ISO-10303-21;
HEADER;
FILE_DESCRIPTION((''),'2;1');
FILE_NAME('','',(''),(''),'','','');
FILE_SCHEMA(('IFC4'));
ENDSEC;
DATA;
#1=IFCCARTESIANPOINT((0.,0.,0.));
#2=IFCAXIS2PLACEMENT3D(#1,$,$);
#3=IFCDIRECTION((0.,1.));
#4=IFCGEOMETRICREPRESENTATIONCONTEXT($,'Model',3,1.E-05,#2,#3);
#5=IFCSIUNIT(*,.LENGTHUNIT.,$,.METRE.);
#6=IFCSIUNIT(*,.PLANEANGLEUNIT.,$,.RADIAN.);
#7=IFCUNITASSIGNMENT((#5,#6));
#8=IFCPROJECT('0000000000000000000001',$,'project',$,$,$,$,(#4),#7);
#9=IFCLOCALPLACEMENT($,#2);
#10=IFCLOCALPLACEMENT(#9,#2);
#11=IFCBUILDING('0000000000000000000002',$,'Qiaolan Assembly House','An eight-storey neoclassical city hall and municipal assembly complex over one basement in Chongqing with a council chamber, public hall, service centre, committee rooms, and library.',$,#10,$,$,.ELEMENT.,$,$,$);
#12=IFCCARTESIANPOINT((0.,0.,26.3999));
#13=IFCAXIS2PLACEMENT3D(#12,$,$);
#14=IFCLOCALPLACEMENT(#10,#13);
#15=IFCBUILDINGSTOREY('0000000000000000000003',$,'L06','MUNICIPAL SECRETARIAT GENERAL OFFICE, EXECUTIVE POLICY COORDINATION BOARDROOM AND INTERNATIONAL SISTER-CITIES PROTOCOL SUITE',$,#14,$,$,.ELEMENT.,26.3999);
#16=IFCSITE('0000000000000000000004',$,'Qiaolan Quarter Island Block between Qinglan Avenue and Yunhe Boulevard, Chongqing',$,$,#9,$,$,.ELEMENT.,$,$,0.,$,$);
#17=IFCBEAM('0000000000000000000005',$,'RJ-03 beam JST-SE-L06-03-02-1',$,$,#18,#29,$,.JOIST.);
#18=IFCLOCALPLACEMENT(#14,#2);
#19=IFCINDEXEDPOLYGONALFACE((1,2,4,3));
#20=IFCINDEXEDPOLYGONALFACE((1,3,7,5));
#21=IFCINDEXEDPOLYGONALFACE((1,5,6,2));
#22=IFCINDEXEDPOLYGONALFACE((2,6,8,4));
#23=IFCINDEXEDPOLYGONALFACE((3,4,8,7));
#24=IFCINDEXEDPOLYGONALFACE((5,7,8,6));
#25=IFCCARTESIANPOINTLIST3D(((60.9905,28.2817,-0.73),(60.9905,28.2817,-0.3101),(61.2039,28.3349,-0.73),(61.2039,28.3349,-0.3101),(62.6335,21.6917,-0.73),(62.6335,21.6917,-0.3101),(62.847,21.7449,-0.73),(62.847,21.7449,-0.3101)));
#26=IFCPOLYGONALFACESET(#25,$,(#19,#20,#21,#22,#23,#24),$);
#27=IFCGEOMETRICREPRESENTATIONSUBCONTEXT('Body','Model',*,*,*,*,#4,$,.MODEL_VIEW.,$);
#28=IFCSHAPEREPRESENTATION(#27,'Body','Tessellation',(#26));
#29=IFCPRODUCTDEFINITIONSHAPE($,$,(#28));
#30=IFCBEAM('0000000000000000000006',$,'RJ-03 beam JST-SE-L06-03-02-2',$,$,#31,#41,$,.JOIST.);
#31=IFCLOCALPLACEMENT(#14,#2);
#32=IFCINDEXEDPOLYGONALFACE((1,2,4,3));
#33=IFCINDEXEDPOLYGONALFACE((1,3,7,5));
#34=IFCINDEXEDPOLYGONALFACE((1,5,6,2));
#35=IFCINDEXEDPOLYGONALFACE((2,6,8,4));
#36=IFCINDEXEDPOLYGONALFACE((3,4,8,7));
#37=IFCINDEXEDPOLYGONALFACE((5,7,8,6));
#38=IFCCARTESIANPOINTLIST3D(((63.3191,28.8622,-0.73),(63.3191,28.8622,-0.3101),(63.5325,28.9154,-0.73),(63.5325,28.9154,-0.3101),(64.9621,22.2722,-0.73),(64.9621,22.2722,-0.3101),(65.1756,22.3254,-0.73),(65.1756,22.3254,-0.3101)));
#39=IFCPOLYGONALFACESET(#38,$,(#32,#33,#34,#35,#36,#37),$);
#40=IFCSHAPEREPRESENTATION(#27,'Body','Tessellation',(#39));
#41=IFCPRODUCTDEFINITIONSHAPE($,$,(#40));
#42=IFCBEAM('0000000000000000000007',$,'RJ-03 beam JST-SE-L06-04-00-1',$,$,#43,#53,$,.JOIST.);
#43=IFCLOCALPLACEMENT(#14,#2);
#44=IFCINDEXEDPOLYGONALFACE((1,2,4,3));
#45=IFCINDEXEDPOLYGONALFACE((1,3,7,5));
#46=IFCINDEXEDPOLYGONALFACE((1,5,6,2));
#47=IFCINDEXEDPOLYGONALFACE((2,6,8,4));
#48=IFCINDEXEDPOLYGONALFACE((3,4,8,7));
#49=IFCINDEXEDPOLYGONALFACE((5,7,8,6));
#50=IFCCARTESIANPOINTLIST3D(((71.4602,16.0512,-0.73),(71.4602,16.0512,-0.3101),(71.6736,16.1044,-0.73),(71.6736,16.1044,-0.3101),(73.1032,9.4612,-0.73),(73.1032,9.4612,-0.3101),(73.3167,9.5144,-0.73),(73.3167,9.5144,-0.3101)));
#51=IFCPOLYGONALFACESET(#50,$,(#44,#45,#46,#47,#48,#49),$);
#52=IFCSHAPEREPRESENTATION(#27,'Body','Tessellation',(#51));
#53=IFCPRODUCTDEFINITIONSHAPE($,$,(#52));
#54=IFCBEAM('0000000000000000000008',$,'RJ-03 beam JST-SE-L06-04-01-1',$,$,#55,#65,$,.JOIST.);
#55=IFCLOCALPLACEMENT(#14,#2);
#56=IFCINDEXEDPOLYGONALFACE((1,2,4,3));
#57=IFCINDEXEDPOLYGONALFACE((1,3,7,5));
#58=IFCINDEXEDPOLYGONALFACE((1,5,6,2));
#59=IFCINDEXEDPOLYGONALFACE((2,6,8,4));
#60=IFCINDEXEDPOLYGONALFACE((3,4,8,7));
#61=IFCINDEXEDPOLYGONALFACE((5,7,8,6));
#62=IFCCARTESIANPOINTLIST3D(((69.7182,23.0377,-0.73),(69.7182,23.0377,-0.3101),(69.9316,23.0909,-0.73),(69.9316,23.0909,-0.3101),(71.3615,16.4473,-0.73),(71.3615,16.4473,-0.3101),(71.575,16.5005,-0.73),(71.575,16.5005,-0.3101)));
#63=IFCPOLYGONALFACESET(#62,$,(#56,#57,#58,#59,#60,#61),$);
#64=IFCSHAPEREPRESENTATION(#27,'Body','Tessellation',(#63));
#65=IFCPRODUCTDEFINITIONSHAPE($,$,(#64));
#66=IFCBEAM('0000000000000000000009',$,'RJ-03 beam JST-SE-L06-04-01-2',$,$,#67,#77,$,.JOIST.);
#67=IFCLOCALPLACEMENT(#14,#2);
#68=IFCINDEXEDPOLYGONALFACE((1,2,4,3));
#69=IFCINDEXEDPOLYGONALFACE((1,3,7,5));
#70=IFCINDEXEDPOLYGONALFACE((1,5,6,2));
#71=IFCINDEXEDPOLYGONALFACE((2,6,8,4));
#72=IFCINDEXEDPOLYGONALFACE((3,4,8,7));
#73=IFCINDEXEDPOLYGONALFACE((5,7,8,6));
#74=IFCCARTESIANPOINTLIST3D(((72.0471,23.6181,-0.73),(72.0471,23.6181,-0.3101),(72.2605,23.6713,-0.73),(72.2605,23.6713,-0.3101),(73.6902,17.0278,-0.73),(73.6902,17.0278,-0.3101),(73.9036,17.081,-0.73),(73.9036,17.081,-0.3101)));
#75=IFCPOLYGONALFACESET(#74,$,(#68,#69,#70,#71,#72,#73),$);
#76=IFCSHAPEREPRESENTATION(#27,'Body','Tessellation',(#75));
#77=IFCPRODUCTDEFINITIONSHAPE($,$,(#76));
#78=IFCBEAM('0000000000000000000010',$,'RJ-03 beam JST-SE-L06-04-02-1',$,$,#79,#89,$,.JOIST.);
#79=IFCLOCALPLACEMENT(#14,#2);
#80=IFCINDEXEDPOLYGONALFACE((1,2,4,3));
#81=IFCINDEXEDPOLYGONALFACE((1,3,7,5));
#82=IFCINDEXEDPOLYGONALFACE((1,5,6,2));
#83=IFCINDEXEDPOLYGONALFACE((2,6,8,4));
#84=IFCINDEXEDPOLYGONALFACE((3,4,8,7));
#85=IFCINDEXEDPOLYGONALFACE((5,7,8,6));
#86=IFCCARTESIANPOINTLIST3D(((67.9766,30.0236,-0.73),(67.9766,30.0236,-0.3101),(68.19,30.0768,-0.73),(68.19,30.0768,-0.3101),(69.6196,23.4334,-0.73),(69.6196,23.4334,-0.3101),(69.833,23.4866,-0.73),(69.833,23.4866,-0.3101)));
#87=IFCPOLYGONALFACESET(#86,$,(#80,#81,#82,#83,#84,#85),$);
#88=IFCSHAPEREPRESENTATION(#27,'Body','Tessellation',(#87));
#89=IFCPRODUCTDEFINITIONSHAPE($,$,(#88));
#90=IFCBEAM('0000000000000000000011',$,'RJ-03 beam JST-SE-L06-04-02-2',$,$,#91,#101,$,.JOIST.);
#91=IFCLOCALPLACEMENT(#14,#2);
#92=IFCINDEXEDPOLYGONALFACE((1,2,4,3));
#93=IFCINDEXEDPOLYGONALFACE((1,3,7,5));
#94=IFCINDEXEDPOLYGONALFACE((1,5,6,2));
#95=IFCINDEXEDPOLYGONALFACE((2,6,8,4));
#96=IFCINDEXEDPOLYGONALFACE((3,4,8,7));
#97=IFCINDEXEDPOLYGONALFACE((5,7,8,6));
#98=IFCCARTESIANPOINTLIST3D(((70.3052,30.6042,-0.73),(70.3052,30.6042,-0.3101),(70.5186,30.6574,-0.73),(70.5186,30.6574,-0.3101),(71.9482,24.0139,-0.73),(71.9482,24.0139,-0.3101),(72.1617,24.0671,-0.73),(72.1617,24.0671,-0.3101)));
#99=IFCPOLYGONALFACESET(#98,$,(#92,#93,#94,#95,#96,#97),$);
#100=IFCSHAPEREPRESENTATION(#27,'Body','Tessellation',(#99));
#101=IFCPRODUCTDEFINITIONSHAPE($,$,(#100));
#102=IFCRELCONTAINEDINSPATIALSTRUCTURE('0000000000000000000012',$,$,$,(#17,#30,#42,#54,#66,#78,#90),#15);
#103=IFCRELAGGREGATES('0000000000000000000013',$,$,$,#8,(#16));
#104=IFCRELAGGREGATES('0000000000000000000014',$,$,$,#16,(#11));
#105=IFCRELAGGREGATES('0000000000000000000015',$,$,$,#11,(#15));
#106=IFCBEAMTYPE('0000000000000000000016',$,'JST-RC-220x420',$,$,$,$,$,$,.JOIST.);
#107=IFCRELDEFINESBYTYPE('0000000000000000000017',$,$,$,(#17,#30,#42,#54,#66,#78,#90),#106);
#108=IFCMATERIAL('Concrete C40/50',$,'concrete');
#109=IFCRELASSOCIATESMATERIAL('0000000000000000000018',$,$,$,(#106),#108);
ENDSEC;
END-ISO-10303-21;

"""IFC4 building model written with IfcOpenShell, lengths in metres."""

from ifc_helpers import new_model, si_unit, direction, frame, origin, origin_2d, place, context, subcontext, project, spatial, rectangle, extrude, material, material_profile, profile_set, type_object, element, save


model = new_model("IFC4")

# Units and contexts
model_context = context("Model", 3, precision=1e-05, world=origin(), true_north=direction((0.0, 1.0)))
body_context = subcontext(model_context, "Body", "Model", "MODEL_VIEW")
ifc_project = project(units=[si_unit("LENGTHUNIT", "METRE"), si_unit("PLANEANGLEUNIT", "RADIAN")], contexts=[model_context])

# Site, building, storey
site_placement = place(None, origin())
site = spatial("IfcSite", under=ifc_project, at=site_placement, Name="Qiaolan Quarter Island Block between Qinglan Avenue and Yunhe Boulevard, Chongqing", CompositionType="ELEMENT", RefElevation=0.0)
building_placement = place(site_placement, origin())
building = spatial("IfcBuilding", under=site, at=building_placement, Name="Qiaolan Assembly House", Description="An eight-storey neoclassical city hall and municipal assembly complex over one basement in Chongqing with a council chamber, public hall, service centre, committee rooms, and library.", CompositionType="ELEMENT")
storey_placement = place(building_placement, frame((0.0, 0.0, 26.3999)))
storey = spatial("IfcBuildingStorey", under=building, at=storey_placement, Name="L06", Description="MUNICIPAL SECRETARIAT GENERAL OFFICE, EXECUTIVE POLICY COORDINATION BOARDROOM AND INTERNATIONAL SISTER-CITIES PROTOCOL SUITE", CompositionType="ELEMENT", Elevation=26.3999)

# Beams
ifc_material = material(Name="Concrete C40/50", Category="concrete")
ifc_material_profile_1 = material_profile(ifc_material, rectangle(XDim=0.22, YDim=0.4199, at=origin_2d()), Name="RCB 220x420")
ifc_profile_set_1 = profile_set([ifc_material_profile_1], Name="Concrete C40/50")
beam_type_1 = type_object("IfcBeamType", Name="JST-RC-220x420", PredefinedType="JOIST", material=ifc_profile_set_1)
for number, where, z_axis, x_axis, name in (
    (1, (62.7402, 21.7183, -0.52), (-0.241918, 0.970297, 0.0), (-0.970297, -0.241918, 0.0), "RJ-03 beam JST-SE-L06-03-02-1"),
    (2, (65.0688, 22.2988, -0.52), (-0.241918, 0.970297, 0.0), (-0.970297, -0.241918, 0.0), "RJ-03 beam JST-SE-L06-03-02-2"),
    (3, (73.21, 9.4878, -0.52), (-0.241918, 0.970297, 0.0), (-0.970297, -0.241918, 0.0), "RJ-03 beam JST-SE-L06-04-00-1"),
):
    element("IfcBeam", number, at=place(storey_placement, frame(where, z_axis=z_axis, x_axis=x_axis)), inside=storey, type_object=beam_type_1, Name=name, PredefinedType="JOIST", context=body_context, shape_type="SweptSolid", body=[
        extrude(rectangle(XDim=0.22, YDim=0.4199, at=origin_2d()), origin(), (0.0, 0.0, 1.0), 6.7917),
    ])
beam_1_placement = place(storey_placement, frame((71.4683, 16.4739, -0.52), z_axis=(-0.241944, 0.97029, 0.0), x_axis=(-0.97029, -0.241944, 0.0)))
element("IfcBeam", 4, at=beam_1_placement, inside=storey, type_object=beam_type_1, Name="RJ-03 beam JST-SE-L06-04-01-1", PredefinedType="JOIST", context=body_context, shape_type="SweptSolid", body=[
    extrude(rectangle(XDim=0.22, YDim=0.4199, at=origin_2d()), origin(), (0.0, 0.0, 1.0), 6.7922),
])
for number, where, z_axis, x_axis, name in (
    (5, (73.7969, 17.0544, -0.52), (-0.24191, 0.970299, 0.0), (-0.970299, -0.24191, 0.0), "RJ-03 beam JST-SE-L06-04-01-2"),
    (6, (69.7263, 23.46, -0.52), (-0.24191, 0.970299, 0.0), (-0.970299, -0.24191, 0.0), "RJ-03 beam JST-SE-L06-04-02-1"),
    (7, (72.0549, 24.0405, -0.52), (-0.24191, 0.970299, 0.0), (-0.970299, -0.24191, 0.0), "RJ-03 beam JST-SE-L06-04-02-2"),
):
    element("IfcBeam", number, at=place(storey_placement, frame(where, z_axis=z_axis, x_axis=x_axis)), inside=storey, type_object=beam_type_1, Name=name, PredefinedType="JOIST", context=body_context, shape_type="SweptSolid", body=[
        extrude(rectangle(XDim=0.22, YDim=0.4199, at=origin_2d()), origin(), (0.0, 0.0, 1.0), 6.792),
    ])

save(model, "model.ifc")
